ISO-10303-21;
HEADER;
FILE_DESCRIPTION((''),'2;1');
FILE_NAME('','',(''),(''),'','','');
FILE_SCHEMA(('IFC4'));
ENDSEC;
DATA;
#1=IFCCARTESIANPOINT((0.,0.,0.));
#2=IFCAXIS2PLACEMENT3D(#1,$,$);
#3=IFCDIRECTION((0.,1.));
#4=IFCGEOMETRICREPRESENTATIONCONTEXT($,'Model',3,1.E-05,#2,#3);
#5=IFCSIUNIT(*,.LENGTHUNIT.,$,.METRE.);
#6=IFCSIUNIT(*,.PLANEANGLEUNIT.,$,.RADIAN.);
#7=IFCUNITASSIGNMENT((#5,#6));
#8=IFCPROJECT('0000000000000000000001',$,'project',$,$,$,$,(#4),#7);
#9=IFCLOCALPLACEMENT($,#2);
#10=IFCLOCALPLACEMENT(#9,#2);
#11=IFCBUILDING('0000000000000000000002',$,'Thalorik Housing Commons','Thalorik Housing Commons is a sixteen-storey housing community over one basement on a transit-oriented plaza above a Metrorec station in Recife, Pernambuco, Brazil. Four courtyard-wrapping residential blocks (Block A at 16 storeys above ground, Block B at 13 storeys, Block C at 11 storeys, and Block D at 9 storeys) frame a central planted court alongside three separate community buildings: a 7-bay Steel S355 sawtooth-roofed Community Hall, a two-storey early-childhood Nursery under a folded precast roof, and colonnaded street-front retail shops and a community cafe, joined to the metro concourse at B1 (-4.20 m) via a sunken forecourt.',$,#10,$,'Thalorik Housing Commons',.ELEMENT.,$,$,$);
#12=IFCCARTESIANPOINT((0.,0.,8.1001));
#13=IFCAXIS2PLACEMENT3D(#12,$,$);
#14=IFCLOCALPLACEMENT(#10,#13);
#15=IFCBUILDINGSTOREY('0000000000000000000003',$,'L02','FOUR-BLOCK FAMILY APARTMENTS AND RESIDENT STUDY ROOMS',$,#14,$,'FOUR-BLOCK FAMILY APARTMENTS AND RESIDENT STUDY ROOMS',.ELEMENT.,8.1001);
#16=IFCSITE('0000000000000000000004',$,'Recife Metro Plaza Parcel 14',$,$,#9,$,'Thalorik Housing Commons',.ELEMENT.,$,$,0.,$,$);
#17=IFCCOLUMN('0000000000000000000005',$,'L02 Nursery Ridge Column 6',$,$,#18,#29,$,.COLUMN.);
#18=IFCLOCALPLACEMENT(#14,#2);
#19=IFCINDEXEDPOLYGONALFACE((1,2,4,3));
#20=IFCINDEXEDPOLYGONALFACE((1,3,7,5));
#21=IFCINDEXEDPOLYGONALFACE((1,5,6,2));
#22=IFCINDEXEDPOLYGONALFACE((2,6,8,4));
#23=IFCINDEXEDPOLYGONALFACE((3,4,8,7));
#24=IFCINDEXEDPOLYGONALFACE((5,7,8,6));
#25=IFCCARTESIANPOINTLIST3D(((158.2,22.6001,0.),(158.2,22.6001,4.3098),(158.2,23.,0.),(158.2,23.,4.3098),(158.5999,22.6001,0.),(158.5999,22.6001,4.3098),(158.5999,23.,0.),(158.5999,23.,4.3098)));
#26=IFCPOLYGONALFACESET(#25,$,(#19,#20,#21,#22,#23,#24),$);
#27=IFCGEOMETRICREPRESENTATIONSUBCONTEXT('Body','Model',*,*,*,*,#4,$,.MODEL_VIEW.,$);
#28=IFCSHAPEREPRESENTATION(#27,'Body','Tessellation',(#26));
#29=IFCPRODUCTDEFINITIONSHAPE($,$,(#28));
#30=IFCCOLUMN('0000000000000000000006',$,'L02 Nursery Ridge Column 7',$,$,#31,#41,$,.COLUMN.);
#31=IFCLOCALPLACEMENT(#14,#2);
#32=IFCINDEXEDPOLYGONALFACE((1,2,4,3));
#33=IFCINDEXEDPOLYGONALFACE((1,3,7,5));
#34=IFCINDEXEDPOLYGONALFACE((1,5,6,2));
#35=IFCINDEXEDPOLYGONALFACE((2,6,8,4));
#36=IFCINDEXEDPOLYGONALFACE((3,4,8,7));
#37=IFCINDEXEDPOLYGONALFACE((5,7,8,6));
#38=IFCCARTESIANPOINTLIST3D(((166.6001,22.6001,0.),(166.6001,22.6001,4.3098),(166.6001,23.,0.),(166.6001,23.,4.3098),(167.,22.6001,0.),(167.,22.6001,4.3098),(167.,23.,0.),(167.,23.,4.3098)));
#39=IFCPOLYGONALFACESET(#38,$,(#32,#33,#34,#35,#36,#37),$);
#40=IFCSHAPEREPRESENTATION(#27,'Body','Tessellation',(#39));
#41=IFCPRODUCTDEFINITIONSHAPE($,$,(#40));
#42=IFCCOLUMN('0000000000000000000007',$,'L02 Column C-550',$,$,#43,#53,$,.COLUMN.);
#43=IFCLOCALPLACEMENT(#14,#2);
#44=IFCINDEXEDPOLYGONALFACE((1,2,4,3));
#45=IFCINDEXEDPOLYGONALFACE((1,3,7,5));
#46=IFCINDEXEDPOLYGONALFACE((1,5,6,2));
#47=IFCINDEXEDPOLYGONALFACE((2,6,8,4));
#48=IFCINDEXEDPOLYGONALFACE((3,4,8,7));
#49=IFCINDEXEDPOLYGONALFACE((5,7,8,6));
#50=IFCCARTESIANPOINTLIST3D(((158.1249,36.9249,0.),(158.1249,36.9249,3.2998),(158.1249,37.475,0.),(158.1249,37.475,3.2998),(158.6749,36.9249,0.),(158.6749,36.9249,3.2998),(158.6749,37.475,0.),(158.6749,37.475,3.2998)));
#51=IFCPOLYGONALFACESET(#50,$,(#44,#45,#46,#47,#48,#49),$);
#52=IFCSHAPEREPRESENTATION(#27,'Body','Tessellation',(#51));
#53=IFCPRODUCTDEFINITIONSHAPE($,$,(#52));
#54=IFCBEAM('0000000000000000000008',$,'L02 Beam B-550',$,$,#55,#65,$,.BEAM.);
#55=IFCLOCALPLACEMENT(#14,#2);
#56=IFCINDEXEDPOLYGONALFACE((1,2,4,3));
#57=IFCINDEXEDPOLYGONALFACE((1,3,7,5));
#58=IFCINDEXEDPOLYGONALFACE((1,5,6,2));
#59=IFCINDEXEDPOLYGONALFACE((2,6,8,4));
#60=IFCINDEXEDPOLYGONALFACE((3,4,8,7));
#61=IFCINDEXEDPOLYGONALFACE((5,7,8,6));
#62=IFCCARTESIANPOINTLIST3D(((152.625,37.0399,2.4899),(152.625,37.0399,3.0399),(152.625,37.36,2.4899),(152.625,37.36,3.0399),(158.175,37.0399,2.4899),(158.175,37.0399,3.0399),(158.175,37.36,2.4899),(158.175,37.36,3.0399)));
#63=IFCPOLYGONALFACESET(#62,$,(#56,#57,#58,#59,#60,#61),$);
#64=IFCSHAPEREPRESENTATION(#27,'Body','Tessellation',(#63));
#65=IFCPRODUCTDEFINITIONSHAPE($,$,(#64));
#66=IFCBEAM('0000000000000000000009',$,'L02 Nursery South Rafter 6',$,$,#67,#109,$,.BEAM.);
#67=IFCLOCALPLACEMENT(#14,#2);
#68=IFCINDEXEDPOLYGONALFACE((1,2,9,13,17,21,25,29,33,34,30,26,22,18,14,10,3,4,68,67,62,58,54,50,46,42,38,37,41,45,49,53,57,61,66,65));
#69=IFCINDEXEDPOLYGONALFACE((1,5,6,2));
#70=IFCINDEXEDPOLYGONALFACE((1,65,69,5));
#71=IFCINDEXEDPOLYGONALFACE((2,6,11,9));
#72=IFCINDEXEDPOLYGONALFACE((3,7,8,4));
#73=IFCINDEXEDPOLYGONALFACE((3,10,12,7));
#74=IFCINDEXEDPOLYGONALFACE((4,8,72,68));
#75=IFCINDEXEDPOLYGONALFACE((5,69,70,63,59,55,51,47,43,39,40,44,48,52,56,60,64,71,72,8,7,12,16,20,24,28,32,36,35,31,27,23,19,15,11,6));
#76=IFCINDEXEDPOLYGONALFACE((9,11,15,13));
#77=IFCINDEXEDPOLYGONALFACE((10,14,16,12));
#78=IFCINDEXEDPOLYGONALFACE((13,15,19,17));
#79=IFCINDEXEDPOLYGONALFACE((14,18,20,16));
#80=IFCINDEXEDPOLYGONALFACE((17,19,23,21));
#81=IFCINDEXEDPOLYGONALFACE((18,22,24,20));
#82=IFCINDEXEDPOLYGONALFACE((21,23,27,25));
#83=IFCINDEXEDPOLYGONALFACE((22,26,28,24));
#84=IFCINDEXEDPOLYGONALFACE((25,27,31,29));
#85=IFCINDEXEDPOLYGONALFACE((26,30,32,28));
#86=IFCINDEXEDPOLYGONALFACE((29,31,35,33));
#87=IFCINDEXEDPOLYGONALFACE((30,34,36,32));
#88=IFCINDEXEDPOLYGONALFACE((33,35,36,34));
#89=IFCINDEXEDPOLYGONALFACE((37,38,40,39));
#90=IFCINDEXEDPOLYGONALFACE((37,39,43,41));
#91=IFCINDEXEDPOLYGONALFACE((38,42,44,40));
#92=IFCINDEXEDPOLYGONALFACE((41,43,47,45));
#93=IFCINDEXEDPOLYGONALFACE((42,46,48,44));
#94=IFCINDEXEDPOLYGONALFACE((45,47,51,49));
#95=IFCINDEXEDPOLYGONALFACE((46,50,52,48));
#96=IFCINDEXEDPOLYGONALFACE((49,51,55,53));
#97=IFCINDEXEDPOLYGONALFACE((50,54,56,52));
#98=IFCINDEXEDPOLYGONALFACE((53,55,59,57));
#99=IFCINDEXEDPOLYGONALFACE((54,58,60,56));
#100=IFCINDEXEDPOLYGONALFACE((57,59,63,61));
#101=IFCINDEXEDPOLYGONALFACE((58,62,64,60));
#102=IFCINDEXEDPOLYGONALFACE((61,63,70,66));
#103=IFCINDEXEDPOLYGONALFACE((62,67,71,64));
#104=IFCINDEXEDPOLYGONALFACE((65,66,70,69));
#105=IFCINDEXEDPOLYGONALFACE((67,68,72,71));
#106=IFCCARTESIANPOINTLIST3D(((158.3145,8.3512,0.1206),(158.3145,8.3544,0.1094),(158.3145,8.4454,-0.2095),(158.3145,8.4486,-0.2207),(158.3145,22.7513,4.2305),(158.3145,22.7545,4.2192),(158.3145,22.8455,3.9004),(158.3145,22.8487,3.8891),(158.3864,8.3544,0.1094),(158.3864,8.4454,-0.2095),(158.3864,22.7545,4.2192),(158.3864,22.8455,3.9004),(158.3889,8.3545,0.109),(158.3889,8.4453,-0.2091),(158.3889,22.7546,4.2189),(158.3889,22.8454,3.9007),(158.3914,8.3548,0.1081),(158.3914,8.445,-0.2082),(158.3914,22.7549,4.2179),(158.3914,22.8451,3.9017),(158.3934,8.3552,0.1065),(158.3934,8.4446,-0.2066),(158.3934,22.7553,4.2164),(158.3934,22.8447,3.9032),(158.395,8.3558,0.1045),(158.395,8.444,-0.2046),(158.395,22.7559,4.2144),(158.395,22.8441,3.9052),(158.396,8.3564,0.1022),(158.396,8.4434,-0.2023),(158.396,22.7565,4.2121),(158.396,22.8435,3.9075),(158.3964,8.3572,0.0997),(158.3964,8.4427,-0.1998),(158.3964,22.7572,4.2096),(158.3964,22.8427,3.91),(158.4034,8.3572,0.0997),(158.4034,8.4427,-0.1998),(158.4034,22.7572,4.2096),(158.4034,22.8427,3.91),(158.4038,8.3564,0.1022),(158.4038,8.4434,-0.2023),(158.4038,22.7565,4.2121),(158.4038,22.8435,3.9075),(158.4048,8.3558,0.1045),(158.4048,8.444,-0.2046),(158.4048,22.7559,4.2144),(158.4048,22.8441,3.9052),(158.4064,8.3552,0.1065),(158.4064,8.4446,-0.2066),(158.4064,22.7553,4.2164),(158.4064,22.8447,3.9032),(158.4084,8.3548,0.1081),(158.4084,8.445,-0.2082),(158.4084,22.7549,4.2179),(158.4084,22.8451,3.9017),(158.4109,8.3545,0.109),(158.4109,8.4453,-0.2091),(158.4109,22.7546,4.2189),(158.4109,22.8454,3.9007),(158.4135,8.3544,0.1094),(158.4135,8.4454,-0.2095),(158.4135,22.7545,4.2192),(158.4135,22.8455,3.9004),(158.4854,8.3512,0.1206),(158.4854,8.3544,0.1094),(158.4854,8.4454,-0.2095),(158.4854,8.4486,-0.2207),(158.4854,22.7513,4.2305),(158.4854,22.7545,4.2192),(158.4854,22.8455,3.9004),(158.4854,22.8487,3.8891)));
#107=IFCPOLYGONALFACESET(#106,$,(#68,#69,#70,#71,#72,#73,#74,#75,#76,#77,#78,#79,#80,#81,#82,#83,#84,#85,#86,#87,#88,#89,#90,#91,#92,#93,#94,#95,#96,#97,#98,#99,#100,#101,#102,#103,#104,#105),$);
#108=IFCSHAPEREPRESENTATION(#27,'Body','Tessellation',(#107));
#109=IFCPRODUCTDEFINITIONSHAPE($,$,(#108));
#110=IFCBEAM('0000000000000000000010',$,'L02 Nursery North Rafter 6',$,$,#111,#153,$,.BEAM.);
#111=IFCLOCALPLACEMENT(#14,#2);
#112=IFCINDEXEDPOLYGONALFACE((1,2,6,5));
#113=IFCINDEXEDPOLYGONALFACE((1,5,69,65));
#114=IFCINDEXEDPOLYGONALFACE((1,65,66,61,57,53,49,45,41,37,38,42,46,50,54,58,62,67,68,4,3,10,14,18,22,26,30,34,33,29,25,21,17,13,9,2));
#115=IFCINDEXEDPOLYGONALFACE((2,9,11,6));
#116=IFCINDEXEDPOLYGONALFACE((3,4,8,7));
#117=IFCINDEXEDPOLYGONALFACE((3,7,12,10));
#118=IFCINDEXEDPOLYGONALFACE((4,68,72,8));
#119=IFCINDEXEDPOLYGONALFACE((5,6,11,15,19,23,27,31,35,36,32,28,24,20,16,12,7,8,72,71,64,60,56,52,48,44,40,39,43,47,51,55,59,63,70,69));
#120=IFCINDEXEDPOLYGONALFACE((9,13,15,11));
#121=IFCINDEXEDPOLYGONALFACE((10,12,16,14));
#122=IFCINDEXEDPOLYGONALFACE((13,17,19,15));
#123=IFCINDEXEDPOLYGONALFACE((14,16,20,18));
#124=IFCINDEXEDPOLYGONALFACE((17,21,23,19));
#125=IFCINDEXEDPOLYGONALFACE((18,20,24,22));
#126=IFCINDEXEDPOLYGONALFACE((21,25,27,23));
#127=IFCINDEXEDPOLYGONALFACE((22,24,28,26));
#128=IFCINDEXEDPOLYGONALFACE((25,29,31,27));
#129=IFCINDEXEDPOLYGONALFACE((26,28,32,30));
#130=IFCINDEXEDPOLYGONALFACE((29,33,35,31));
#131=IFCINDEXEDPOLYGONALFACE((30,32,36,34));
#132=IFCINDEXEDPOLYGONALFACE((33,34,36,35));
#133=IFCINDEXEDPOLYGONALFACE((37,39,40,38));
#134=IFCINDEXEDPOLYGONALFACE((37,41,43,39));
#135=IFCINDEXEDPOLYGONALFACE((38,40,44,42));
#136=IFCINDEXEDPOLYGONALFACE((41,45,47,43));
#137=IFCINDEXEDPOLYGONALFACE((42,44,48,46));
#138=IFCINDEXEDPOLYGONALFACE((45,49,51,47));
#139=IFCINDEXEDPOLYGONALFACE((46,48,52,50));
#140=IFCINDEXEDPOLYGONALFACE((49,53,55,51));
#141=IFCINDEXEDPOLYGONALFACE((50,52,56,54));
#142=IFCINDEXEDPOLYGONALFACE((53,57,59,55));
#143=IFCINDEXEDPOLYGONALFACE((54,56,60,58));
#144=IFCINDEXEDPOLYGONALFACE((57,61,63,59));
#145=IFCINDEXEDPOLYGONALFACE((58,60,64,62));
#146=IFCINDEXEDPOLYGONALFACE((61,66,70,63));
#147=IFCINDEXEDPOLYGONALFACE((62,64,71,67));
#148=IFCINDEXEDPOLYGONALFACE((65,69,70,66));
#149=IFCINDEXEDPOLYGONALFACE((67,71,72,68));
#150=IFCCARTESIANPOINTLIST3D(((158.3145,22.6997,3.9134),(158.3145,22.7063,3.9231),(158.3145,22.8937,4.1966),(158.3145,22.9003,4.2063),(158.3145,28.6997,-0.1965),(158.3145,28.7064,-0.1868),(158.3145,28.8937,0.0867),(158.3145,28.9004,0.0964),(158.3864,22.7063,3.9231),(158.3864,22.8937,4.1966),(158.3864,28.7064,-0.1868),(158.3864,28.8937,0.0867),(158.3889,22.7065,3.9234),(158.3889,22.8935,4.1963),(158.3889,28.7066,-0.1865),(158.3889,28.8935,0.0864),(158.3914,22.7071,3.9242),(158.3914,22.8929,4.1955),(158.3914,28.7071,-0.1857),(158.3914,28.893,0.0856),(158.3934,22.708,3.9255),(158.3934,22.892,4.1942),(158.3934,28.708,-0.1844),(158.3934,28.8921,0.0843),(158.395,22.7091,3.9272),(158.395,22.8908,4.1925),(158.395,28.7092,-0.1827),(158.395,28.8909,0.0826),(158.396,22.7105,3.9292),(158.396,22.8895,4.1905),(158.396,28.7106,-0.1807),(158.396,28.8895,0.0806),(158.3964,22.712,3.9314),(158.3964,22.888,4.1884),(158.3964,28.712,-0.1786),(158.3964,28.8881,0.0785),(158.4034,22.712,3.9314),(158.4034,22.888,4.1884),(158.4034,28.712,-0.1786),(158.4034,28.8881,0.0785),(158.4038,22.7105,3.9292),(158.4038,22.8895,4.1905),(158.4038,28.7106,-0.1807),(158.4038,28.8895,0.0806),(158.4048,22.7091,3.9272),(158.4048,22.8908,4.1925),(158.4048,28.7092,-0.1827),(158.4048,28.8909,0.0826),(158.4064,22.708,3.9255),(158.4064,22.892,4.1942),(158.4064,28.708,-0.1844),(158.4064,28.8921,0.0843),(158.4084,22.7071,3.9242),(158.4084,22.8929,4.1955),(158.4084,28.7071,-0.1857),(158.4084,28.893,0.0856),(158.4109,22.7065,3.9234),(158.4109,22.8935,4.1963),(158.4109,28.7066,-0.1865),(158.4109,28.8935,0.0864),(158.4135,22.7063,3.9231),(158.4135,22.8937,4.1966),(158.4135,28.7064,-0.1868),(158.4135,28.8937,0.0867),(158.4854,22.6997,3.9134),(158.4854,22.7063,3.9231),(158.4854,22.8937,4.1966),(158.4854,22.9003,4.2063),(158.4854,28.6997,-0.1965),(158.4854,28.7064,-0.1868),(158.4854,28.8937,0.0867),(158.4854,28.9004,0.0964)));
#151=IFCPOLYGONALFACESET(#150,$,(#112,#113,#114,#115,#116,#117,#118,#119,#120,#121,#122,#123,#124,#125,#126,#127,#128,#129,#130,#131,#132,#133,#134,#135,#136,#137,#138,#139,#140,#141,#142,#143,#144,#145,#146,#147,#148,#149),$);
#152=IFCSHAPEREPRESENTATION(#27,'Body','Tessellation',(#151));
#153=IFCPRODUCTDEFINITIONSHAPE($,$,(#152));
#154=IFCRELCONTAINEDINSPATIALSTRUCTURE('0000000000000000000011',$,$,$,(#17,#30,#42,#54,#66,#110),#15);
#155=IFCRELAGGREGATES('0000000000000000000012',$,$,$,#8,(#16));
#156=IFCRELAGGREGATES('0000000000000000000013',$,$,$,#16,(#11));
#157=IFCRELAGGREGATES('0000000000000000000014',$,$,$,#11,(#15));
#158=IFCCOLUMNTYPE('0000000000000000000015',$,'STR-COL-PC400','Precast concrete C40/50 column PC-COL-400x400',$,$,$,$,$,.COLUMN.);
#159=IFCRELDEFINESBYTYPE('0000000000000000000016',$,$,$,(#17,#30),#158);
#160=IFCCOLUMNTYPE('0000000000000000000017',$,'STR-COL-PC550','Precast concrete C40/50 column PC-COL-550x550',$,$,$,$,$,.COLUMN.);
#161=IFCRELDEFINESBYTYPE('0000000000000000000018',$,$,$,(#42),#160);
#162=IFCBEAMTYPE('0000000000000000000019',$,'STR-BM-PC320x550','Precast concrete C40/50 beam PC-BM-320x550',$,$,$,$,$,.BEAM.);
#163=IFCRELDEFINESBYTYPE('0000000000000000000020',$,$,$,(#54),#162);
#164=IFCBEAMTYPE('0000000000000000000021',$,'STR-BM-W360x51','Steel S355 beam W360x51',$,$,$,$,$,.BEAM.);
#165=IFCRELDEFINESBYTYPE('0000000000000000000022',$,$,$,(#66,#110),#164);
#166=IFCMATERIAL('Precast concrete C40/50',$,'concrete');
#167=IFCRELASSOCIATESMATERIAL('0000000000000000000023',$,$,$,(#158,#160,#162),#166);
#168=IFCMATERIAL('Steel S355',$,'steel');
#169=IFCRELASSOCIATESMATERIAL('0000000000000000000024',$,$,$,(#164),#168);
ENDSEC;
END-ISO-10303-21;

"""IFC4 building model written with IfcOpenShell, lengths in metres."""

from ifc_helpers import new_model, si_unit, direction, frame, origin, origin_2d, place, context, subcontext, project, spatial, rectangle, i_section, extrude, material, material_profile, profile_set, type_object, element, save


model = new_model("IFC4")

# Units and contexts
model_context = context("Model", 3, precision=1e-05, world=origin(), true_north=direction((0.0, 1.0)))
body_context = subcontext(model_context, "Body", "Model", "MODEL_VIEW")
ifc_project = project(units=[si_unit("LENGTHUNIT", "METRE"), si_unit("PLANEANGLEUNIT", "RADIAN")], contexts=[model_context])

# Site, building, storey
site_placement = place(None, origin())
site = spatial("IfcSite", under=ifc_project, at=site_placement, Name="Recife Metro Plaza Parcel 14", LongName="Thalorik Housing Commons", CompositionType="ELEMENT", RefElevation=0.0)
building_placement = place(site_placement, origin())
building = spatial("IfcBuilding", under=site, at=building_placement, Name="Thalorik Housing Commons", Description="Thalorik Housing Commons is a sixteen-storey housing community over one basement on a transit-oriented plaza above a Metrorec station in Recife, Pernambuco, Brazil. Four courtyard-wrapping residential blocks (Block A at 16 storeys above ground, Block B at 13 storeys, Block C at 11 storeys, and Block D at 9 storeys) frame a central planted court alongside three separate community buildings: a 7-bay Steel S355 sawtooth-roofed Community Hall, a two-storey early-childhood Nursery under a folded precast roof, and colonnaded street-front retail shops and a community cafe, joined to the metro concourse at B1 (-4.20 m) via a sunken forecourt.", LongName="Thalorik Housing Commons", CompositionType="ELEMENT")
storey_placement = place(building_placement, frame((0.0, 0.0, 8.1001)))
storey = spatial("IfcBuildingStorey", under=building, at=storey_placement, Name="L02", Description="FOUR-BLOCK FAMILY APARTMENTS AND RESIDENT STUDY ROOMS", LongName="FOUR-BLOCK FAMILY APARTMENTS AND RESIDENT STUDY ROOMS", CompositionType="ELEMENT", Elevation=8.1001)

# Columns
ifc_material_1 = material(Name="Precast concrete C40/50", Category="concrete")
ifc_material_profile_1 = material_profile(ifc_material_1, rectangle(XDim=0.3999, YDim=0.3999, at=origin_2d()), Name="PC 400x400", Category="concrete")
ifc_profile_set_1 = profile_set([ifc_material_profile_1], Name="Precast concrete C40/50")
column_type_1 = type_object("IfcColumnType", Name="STR-COL-PC400", Description="Precast concrete C40/50 column PC-COL-400x400", PredefinedType="COLUMN", material=ifc_profile_set_1)
for number, where, z_axis, x_axis, name in (
    (1, (158.3999, 22.8, 0.0), (0.0, 0.0, 1.0), (1.0, 0.0, 0.0), "L02 Nursery Ridge Column 6"),
    (2, (166.8, 22.8, 0.0), (0.0, 0.0, 1.0), (1.0, 0.0, 0.0), "L02 Nursery Ridge Column 7"),
):
    element("IfcColumn", number, at=place(storey_placement, frame(where, z_axis=z_axis, x_axis=x_axis)), inside=storey, type_object=column_type_1, Name=name, PredefinedType="COLUMN", context=body_context, shape_type="SweptSolid", body=[
        extrude(rectangle(XDim=0.3999, YDim=0.3999, at=origin_2d()), origin(), (0.0, 0.0, 1.0), 4.3098),
    ])
ifc_material_profile_2 = material_profile(ifc_material_1, rectangle(XDim=0.55, YDim=0.55, at=origin_2d()), Name="PC 550x550", Category="concrete")
ifc_profile_set_2 = profile_set([ifc_material_profile_2], Name="Precast concrete C40/50")
column_type_2 = type_object("IfcColumnType", Name="STR-COL-PC550", Description="Precast concrete C40/50 column PC-COL-550x550", PredefinedType="COLUMN", material=ifc_profile_set_2)
column_placement = place(storey_placement, frame((158.3999, 37.2, 0.0), z_axis=(0.0, 0.0, 1.0), x_axis=(1.0, 0.0, 0.0)))
element("IfcColumn", 3, at=column_placement, inside=storey, type_object=column_type_2, Name="L02 Column C-550", PredefinedType="COLUMN", context=body_context, shape_type="SweptSolid", body=[
    extrude(rectangle(XDim=0.55, YDim=0.55, at=origin_2d()), origin(), (0.0, 0.0, 1.0), 3.2998),
])

# Beams
ifc_material_profile_3 = material_profile(ifc_material_1, rectangle(XDim=0.3201, YDim=0.55, at=origin_2d()), Name="PC 320x550", Category="concrete")
ifc_profile_set_3 = profile_set([ifc_material_profile_3], Name="Precast concrete C40/50")
beam_type_1 = type_object("IfcBeamType", Name="STR-BM-PC320x550", Description="Precast concrete C40/50 beam PC-BM-320x550", PredefinedType="BEAM", material=ifc_profile_set_3)
beam_1_placement = place(storey_placement, frame((152.625, 37.2, 2.7649), z_axis=(1.0, 0.0, 0.0), x_axis=(0.0, 1.0, 0.0)))
element("IfcBeam", 4, at=beam_1_placement, inside=storey, type_object=beam_type_1, Name="L02 Beam B-550", PredefinedType="BEAM", context=body_context, shape_type="SweptSolid", body=[
    extrude(rectangle(XDim=0.3201, YDim=0.55, at=origin_2d()), origin(), (0.0, 0.0, 1.0), 5.55),
])
ifc_material_2 = material(Name="Steel S355", Category="steel")
ifc_material_profile_4 = material_profile(ifc_material_2, i_section(OverallWidth=0.1709, OverallDepth=0.355, WebThickness=0.0071, FlangeThickness=0.0117, FilletRadius=0.01, at=origin_2d()), Name="W360x51", Category="steel")
ifc_profile_set_4 = profile_set([ifc_material_profile_4], Name="Steel S355")
beam_type_2 = type_object("IfcBeamType", Name="STR-BM-W360x51", Description="Steel S355 beam W360x51", PredefinedType="BEAM", material=ifc_profile_set_4)
beam_2_placement = place(storey_placement, frame((158.3999, 8.3999, -0.05), z_axis=(0.0, 0.961603, 0.274446), x_axis=(-1.0, 0.0, 0.0)))
element("IfcBeam", 5, at=beam_2_placement, inside=storey, type_object=beam_type_2, Name="L02 Nursery South Rafter 6", PredefinedType="BEAM", context=body_context, shape_type="SweptSolid", body=[
    extrude(i_section(OverallWidth=0.1709, OverallDepth=0.355, WebThickness=0.0071, FlangeThickness=0.0117, FilletRadius=0.01, at=origin_2d()), origin(), (0.0, 0.0, 1.0), 14.9751),
])
beam_3_placement = place(storey_placement, frame((158.3999, 28.8, -0.05), z_axis=(0.0, -0.825012, 0.565115), x_axis=(1.0, 0.0, 0.0)))
element("IfcBeam", 6, at=beam_3_placement, inside=storey, type_object=beam_type_2, Name="L02 Nursery North Rafter 6", PredefinedType="BEAM", context=body_context, shape_type="SweptSolid", body=[
    extrude(i_section(OverallWidth=0.1709, OverallDepth=0.355, WebThickness=0.0071, FlangeThickness=0.0117, FilletRadius=0.01, at=origin_2d()), origin(), (0.0, 0.0, 1.0), 7.2727),
])

save(model, "model.ifc")
